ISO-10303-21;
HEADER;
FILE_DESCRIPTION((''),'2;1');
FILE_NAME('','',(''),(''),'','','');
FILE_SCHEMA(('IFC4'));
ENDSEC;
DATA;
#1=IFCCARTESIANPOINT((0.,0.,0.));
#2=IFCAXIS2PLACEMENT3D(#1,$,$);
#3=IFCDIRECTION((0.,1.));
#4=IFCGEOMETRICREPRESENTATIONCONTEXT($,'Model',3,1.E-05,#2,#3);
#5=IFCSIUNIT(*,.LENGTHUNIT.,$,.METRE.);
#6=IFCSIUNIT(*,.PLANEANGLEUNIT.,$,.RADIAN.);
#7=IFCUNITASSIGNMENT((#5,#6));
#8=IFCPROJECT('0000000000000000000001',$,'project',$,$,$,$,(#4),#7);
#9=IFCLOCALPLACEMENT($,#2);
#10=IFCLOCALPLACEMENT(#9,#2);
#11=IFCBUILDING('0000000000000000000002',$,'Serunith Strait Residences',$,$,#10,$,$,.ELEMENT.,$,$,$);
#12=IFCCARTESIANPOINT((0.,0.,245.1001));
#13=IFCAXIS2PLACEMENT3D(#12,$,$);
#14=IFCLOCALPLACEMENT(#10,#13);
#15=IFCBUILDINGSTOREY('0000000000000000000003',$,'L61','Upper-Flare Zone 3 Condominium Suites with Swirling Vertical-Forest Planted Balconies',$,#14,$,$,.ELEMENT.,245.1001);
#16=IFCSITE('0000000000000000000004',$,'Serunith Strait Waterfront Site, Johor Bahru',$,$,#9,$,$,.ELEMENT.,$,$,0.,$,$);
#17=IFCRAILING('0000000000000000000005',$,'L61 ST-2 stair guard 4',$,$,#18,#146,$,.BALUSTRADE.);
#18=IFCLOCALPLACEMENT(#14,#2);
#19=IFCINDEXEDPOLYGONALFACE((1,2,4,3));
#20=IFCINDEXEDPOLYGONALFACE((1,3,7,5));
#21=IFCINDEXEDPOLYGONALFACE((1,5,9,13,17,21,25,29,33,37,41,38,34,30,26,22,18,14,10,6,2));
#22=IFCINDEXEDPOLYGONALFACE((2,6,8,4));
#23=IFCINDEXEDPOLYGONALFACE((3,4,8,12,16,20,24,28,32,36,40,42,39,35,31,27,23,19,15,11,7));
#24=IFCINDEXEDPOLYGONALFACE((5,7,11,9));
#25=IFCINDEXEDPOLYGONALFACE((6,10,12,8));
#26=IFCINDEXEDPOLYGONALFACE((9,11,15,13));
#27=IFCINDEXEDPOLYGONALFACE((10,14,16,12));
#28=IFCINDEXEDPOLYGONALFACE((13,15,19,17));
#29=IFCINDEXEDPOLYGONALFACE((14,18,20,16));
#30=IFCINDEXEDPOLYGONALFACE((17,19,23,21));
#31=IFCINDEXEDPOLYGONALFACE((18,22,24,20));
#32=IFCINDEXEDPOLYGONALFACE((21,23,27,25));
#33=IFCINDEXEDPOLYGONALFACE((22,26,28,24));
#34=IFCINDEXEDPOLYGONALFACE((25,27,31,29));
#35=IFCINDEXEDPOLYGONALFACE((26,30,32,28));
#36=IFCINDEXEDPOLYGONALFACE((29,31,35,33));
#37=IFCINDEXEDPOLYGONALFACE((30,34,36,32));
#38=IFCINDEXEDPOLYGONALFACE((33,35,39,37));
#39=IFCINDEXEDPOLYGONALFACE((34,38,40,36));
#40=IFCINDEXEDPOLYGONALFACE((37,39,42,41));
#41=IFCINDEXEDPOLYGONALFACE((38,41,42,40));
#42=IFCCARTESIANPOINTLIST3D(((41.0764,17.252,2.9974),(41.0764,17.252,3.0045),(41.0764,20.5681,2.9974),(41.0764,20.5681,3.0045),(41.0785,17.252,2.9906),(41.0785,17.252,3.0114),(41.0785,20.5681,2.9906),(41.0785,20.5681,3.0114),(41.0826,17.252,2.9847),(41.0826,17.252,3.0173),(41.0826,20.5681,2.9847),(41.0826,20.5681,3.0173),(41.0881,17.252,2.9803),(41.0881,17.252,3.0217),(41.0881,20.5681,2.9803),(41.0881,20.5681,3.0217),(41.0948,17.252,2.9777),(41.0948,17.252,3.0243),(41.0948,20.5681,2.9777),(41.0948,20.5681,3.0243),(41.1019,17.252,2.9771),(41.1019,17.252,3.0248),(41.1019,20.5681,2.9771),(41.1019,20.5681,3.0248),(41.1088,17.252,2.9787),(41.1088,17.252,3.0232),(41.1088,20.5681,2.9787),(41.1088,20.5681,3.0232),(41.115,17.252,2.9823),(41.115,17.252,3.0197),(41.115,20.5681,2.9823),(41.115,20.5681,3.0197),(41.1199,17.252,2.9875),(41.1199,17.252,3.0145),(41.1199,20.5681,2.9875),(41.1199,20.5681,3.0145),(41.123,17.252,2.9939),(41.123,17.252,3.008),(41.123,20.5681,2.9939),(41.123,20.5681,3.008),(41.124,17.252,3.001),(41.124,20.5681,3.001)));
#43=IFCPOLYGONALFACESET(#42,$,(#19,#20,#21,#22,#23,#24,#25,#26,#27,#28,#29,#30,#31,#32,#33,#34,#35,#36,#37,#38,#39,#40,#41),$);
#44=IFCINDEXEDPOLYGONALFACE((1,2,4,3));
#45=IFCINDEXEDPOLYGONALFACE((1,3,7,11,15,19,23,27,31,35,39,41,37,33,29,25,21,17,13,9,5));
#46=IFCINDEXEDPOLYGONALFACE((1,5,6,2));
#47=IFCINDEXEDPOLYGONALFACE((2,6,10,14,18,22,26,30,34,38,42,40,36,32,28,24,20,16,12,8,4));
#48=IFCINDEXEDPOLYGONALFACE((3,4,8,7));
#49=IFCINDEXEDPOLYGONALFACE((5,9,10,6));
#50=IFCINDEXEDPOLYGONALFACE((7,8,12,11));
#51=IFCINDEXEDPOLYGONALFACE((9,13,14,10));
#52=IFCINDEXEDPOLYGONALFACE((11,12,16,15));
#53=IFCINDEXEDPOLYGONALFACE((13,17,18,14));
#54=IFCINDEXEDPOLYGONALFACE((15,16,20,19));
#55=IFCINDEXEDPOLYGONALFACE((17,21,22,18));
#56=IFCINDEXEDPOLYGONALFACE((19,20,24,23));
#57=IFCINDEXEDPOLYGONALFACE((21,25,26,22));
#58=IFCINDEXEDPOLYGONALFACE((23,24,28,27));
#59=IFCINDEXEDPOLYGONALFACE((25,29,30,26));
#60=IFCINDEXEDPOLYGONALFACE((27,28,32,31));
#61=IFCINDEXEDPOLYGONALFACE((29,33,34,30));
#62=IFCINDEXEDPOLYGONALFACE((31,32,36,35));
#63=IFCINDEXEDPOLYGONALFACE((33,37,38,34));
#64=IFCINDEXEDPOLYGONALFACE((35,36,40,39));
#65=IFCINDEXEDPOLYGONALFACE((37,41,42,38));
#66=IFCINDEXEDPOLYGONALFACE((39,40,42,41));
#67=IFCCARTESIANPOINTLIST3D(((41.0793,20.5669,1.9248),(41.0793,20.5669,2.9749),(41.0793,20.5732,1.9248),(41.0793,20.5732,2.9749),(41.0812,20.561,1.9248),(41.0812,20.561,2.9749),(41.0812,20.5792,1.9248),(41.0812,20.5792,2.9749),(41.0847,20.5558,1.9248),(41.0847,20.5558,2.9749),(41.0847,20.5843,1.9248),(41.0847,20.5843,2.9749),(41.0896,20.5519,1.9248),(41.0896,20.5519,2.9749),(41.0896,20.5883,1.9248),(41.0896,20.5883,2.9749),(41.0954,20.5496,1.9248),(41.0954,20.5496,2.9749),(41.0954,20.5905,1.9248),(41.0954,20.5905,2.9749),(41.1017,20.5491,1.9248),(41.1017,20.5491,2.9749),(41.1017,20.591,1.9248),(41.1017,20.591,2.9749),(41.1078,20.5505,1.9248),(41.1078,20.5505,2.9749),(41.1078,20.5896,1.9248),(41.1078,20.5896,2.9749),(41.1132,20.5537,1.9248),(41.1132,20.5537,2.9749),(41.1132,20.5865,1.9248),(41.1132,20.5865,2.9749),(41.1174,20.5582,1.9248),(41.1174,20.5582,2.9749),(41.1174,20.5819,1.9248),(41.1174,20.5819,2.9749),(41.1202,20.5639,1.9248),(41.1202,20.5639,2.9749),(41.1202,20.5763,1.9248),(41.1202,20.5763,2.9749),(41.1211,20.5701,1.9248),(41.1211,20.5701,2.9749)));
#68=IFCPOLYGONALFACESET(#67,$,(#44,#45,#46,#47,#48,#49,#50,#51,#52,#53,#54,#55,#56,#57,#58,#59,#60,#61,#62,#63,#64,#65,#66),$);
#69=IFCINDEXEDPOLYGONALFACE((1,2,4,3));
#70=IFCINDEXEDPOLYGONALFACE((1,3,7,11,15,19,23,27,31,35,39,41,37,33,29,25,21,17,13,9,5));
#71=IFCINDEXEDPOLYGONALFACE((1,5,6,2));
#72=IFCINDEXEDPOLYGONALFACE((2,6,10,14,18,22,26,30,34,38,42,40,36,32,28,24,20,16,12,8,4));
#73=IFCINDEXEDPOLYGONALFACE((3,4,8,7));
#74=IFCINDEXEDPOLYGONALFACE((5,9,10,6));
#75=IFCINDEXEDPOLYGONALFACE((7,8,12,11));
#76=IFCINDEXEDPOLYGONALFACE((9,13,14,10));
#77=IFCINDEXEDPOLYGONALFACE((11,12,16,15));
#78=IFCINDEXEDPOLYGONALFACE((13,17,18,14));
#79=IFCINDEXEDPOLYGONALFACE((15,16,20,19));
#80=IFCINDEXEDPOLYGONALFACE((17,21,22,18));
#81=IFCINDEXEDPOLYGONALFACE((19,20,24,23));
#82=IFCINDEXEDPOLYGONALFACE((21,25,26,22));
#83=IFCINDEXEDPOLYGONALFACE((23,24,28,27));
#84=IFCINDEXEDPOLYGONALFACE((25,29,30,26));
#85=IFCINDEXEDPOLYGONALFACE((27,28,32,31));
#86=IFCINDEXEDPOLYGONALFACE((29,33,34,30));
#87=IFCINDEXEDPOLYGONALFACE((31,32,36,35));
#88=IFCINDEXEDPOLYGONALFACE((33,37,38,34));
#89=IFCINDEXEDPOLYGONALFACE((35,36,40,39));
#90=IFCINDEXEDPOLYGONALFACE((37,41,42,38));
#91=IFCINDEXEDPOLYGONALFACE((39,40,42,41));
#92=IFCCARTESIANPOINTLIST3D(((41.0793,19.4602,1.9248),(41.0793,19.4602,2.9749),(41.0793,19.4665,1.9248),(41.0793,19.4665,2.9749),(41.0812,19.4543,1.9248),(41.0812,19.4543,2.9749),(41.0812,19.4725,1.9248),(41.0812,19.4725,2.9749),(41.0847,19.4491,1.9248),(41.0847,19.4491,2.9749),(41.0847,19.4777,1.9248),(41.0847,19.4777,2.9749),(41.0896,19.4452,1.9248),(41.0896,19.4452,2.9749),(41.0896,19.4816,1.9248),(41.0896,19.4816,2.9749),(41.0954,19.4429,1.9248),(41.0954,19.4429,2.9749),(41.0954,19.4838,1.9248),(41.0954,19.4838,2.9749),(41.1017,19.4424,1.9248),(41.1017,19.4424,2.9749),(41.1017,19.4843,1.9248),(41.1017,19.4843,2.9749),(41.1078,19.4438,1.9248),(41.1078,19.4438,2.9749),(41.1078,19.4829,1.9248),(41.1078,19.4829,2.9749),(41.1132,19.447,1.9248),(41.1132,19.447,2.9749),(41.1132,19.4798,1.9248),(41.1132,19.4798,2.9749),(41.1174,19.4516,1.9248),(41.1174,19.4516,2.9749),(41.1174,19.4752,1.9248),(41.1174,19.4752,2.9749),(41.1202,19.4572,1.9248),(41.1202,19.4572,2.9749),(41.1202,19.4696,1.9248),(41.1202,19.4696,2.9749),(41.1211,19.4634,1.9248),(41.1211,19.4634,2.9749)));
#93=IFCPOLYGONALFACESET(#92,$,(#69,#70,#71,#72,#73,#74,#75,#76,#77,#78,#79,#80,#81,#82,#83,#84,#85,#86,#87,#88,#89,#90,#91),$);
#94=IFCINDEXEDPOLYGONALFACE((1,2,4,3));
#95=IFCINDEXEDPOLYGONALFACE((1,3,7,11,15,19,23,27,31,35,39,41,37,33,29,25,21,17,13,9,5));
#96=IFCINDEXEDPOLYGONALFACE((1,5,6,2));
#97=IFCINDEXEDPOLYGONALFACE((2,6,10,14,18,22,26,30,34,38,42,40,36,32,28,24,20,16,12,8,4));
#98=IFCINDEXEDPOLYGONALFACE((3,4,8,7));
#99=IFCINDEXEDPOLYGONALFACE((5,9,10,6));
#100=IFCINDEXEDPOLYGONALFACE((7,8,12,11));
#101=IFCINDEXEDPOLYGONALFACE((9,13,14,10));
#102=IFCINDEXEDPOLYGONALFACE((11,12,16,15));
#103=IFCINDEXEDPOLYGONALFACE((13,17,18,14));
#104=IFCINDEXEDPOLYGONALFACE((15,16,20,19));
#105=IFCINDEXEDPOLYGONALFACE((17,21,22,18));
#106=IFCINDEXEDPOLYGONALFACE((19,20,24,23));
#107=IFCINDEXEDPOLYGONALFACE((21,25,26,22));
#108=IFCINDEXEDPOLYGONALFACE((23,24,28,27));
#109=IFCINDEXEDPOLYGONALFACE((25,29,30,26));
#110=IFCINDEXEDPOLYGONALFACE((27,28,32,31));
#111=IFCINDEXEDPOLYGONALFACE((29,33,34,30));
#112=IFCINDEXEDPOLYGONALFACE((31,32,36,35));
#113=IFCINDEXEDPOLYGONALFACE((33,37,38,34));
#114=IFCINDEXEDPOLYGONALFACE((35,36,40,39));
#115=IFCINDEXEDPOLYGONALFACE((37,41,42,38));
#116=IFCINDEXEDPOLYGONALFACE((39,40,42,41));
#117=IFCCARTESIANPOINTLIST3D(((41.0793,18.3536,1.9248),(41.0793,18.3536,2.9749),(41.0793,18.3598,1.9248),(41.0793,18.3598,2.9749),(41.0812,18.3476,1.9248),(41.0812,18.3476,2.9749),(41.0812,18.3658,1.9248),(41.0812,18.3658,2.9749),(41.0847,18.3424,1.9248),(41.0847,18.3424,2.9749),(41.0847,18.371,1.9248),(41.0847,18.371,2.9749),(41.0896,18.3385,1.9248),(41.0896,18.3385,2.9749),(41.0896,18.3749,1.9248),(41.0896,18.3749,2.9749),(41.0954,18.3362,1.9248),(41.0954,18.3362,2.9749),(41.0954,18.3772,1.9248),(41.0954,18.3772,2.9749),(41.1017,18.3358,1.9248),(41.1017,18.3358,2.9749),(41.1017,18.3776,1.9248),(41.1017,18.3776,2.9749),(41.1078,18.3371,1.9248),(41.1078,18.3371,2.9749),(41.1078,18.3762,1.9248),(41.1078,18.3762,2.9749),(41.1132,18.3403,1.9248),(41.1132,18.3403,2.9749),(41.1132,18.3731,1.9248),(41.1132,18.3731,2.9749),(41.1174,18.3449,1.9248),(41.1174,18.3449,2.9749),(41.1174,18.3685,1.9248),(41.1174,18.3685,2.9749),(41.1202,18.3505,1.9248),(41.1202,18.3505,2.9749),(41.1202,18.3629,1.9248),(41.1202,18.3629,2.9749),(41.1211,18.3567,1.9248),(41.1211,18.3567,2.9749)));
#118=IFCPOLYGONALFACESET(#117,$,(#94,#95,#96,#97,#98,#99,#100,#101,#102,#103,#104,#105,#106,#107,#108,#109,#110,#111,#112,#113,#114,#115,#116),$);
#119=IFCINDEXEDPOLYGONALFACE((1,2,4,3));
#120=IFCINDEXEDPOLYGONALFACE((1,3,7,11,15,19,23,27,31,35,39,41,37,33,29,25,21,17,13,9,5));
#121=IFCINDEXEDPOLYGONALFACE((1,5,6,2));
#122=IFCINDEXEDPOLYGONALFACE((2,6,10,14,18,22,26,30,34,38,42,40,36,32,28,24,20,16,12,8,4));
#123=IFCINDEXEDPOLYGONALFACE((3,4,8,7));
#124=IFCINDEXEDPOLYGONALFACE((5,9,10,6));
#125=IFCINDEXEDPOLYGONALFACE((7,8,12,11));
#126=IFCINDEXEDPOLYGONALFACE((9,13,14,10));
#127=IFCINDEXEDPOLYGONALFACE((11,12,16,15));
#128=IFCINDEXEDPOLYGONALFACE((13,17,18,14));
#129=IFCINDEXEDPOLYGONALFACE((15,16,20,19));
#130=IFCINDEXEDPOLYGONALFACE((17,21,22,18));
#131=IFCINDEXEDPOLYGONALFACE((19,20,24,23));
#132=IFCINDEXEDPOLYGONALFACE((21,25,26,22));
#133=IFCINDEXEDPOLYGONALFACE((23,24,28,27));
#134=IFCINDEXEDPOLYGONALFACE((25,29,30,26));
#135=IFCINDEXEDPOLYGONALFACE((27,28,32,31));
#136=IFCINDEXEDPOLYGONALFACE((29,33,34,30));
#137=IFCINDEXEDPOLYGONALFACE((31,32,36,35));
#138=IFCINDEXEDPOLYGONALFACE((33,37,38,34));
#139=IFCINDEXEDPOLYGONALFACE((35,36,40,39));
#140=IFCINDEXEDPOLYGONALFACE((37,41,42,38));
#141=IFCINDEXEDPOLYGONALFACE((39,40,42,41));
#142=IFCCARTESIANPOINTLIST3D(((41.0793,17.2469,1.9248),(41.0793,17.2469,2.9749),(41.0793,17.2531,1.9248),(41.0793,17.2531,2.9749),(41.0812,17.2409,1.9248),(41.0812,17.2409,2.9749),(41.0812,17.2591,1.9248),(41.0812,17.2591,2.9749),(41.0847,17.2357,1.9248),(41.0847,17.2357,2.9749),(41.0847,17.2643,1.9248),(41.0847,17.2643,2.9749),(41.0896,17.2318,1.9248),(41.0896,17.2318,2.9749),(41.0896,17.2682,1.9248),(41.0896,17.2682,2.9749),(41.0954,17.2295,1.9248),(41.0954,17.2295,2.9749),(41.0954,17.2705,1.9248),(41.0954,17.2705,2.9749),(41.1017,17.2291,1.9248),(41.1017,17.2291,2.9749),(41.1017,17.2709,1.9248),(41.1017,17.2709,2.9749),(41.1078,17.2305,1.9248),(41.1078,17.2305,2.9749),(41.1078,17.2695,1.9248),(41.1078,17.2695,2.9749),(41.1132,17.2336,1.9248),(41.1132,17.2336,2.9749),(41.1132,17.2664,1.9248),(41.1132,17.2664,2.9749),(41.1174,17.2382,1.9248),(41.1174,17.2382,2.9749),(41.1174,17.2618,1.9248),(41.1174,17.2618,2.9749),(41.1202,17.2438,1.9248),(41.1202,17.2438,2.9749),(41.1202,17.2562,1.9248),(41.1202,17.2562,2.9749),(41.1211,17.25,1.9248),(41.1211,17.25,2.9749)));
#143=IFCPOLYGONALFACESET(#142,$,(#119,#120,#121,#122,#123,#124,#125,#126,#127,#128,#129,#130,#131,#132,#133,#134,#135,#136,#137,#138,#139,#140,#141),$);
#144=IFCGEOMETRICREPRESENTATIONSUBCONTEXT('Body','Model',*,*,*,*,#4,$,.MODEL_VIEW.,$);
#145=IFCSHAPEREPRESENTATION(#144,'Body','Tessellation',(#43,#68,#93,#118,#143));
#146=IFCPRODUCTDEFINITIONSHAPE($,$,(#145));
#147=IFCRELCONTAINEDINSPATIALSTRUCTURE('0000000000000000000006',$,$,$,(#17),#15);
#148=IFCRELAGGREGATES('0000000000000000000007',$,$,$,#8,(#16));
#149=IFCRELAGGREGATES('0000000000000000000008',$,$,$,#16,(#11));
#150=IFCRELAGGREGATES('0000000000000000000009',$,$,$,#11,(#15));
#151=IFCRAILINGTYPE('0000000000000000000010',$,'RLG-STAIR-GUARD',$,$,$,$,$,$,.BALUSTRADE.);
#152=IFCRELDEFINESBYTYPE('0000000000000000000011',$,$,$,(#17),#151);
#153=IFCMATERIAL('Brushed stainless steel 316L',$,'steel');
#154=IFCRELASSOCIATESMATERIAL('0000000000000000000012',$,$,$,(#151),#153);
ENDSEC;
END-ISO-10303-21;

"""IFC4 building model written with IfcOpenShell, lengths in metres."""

from ifc_helpers import new_model, si_unit, direction, frame, origin, origin_2d, place, context, subcontext, project, spatial, circle, extrude, material, type_object, element, save


model = new_model("IFC4")

# Units and contexts
model_context = context("Model", 3, precision=1e-05, world=origin(), true_north=direction((0.0, 1.0)))
body_context = subcontext(model_context, "Body", "Model", "MODEL_VIEW")
ifc_project = project(units=[si_unit("LENGTHUNIT", "METRE"), si_unit("PLANEANGLEUNIT", "RADIAN")], contexts=[model_context])

# Site, building, storey
site_placement = place(None, origin())
site = spatial("IfcSite", under=ifc_project, at=site_placement, Name="Serunith Strait Waterfront Site, Johor Bahru", CompositionType="ELEMENT", RefElevation=0.0)
building_placement = place(site_placement, origin())
building = spatial("IfcBuilding", under=site, at=building_placement, Name="Serunith Strait Residences", CompositionType="ELEMENT")
storey_placement = place(building_placement, frame((0.0, 0.0, 245.1001)))
storey = spatial("IfcBuildingStorey", under=building, at=storey_placement, Name="L61", Description="Upper-Flare Zone 3 Condominium Suites with Swirling Vertical-Forest Planted Balconies", CompositionType="ELEMENT", Elevation=245.1001)

# Railing
ifc_material_1 = material(Name="Brushed stainless steel 316L", Category="steel")
railing_type_1 = type_object("IfcRailingType", Name="RLG-STAIR-GUARD", PredefinedType="BALUSTRADE", material=ifc_material_1)
for number, where, name in (
    (1, (41.1001, 20.5701, 1.9248), "L61 ST-2 stair guard 4"),
):
    element("IfcRailing", number, at=place(storey_placement, frame(where)), inside=storey, type_object=railing_type_1, Name=name, PredefinedType="BALUSTRADE", context=body_context, shape_type="SweptSolid", body=[
        extrude(circle(Radius=0.0239, at=origin_2d()), frame((0.0, -0.002, 1.0762), z_axis=(0.0, -1.0, 0.0), x_axis=(1.0, 0.0, 0.0)), (0.0, 0.0, 1.0), 3.3162),
        extrude(circle(Radius=0.021, at=origin_2d()), origin(), (0.0, 0.0, 1.0), 1.05),
        extrude(circle(Radius=0.021, at=origin_2d()), frame((0.0, -1.1067, 0.0)), (0.0, 0.0, 1.0), 1.05),
        extrude(circle(Radius=0.021, at=origin_2d()), frame((0.0, -2.2134, 0.0)), (0.0, 0.0, 1.0), 1.05),
        extrude(circle(Radius=0.021, at=origin_2d()), frame((0.0, -3.3201, 0.0)), (0.0, 0.0, 1.0), 1.05),
    ])

save(model, "model.ifc")
